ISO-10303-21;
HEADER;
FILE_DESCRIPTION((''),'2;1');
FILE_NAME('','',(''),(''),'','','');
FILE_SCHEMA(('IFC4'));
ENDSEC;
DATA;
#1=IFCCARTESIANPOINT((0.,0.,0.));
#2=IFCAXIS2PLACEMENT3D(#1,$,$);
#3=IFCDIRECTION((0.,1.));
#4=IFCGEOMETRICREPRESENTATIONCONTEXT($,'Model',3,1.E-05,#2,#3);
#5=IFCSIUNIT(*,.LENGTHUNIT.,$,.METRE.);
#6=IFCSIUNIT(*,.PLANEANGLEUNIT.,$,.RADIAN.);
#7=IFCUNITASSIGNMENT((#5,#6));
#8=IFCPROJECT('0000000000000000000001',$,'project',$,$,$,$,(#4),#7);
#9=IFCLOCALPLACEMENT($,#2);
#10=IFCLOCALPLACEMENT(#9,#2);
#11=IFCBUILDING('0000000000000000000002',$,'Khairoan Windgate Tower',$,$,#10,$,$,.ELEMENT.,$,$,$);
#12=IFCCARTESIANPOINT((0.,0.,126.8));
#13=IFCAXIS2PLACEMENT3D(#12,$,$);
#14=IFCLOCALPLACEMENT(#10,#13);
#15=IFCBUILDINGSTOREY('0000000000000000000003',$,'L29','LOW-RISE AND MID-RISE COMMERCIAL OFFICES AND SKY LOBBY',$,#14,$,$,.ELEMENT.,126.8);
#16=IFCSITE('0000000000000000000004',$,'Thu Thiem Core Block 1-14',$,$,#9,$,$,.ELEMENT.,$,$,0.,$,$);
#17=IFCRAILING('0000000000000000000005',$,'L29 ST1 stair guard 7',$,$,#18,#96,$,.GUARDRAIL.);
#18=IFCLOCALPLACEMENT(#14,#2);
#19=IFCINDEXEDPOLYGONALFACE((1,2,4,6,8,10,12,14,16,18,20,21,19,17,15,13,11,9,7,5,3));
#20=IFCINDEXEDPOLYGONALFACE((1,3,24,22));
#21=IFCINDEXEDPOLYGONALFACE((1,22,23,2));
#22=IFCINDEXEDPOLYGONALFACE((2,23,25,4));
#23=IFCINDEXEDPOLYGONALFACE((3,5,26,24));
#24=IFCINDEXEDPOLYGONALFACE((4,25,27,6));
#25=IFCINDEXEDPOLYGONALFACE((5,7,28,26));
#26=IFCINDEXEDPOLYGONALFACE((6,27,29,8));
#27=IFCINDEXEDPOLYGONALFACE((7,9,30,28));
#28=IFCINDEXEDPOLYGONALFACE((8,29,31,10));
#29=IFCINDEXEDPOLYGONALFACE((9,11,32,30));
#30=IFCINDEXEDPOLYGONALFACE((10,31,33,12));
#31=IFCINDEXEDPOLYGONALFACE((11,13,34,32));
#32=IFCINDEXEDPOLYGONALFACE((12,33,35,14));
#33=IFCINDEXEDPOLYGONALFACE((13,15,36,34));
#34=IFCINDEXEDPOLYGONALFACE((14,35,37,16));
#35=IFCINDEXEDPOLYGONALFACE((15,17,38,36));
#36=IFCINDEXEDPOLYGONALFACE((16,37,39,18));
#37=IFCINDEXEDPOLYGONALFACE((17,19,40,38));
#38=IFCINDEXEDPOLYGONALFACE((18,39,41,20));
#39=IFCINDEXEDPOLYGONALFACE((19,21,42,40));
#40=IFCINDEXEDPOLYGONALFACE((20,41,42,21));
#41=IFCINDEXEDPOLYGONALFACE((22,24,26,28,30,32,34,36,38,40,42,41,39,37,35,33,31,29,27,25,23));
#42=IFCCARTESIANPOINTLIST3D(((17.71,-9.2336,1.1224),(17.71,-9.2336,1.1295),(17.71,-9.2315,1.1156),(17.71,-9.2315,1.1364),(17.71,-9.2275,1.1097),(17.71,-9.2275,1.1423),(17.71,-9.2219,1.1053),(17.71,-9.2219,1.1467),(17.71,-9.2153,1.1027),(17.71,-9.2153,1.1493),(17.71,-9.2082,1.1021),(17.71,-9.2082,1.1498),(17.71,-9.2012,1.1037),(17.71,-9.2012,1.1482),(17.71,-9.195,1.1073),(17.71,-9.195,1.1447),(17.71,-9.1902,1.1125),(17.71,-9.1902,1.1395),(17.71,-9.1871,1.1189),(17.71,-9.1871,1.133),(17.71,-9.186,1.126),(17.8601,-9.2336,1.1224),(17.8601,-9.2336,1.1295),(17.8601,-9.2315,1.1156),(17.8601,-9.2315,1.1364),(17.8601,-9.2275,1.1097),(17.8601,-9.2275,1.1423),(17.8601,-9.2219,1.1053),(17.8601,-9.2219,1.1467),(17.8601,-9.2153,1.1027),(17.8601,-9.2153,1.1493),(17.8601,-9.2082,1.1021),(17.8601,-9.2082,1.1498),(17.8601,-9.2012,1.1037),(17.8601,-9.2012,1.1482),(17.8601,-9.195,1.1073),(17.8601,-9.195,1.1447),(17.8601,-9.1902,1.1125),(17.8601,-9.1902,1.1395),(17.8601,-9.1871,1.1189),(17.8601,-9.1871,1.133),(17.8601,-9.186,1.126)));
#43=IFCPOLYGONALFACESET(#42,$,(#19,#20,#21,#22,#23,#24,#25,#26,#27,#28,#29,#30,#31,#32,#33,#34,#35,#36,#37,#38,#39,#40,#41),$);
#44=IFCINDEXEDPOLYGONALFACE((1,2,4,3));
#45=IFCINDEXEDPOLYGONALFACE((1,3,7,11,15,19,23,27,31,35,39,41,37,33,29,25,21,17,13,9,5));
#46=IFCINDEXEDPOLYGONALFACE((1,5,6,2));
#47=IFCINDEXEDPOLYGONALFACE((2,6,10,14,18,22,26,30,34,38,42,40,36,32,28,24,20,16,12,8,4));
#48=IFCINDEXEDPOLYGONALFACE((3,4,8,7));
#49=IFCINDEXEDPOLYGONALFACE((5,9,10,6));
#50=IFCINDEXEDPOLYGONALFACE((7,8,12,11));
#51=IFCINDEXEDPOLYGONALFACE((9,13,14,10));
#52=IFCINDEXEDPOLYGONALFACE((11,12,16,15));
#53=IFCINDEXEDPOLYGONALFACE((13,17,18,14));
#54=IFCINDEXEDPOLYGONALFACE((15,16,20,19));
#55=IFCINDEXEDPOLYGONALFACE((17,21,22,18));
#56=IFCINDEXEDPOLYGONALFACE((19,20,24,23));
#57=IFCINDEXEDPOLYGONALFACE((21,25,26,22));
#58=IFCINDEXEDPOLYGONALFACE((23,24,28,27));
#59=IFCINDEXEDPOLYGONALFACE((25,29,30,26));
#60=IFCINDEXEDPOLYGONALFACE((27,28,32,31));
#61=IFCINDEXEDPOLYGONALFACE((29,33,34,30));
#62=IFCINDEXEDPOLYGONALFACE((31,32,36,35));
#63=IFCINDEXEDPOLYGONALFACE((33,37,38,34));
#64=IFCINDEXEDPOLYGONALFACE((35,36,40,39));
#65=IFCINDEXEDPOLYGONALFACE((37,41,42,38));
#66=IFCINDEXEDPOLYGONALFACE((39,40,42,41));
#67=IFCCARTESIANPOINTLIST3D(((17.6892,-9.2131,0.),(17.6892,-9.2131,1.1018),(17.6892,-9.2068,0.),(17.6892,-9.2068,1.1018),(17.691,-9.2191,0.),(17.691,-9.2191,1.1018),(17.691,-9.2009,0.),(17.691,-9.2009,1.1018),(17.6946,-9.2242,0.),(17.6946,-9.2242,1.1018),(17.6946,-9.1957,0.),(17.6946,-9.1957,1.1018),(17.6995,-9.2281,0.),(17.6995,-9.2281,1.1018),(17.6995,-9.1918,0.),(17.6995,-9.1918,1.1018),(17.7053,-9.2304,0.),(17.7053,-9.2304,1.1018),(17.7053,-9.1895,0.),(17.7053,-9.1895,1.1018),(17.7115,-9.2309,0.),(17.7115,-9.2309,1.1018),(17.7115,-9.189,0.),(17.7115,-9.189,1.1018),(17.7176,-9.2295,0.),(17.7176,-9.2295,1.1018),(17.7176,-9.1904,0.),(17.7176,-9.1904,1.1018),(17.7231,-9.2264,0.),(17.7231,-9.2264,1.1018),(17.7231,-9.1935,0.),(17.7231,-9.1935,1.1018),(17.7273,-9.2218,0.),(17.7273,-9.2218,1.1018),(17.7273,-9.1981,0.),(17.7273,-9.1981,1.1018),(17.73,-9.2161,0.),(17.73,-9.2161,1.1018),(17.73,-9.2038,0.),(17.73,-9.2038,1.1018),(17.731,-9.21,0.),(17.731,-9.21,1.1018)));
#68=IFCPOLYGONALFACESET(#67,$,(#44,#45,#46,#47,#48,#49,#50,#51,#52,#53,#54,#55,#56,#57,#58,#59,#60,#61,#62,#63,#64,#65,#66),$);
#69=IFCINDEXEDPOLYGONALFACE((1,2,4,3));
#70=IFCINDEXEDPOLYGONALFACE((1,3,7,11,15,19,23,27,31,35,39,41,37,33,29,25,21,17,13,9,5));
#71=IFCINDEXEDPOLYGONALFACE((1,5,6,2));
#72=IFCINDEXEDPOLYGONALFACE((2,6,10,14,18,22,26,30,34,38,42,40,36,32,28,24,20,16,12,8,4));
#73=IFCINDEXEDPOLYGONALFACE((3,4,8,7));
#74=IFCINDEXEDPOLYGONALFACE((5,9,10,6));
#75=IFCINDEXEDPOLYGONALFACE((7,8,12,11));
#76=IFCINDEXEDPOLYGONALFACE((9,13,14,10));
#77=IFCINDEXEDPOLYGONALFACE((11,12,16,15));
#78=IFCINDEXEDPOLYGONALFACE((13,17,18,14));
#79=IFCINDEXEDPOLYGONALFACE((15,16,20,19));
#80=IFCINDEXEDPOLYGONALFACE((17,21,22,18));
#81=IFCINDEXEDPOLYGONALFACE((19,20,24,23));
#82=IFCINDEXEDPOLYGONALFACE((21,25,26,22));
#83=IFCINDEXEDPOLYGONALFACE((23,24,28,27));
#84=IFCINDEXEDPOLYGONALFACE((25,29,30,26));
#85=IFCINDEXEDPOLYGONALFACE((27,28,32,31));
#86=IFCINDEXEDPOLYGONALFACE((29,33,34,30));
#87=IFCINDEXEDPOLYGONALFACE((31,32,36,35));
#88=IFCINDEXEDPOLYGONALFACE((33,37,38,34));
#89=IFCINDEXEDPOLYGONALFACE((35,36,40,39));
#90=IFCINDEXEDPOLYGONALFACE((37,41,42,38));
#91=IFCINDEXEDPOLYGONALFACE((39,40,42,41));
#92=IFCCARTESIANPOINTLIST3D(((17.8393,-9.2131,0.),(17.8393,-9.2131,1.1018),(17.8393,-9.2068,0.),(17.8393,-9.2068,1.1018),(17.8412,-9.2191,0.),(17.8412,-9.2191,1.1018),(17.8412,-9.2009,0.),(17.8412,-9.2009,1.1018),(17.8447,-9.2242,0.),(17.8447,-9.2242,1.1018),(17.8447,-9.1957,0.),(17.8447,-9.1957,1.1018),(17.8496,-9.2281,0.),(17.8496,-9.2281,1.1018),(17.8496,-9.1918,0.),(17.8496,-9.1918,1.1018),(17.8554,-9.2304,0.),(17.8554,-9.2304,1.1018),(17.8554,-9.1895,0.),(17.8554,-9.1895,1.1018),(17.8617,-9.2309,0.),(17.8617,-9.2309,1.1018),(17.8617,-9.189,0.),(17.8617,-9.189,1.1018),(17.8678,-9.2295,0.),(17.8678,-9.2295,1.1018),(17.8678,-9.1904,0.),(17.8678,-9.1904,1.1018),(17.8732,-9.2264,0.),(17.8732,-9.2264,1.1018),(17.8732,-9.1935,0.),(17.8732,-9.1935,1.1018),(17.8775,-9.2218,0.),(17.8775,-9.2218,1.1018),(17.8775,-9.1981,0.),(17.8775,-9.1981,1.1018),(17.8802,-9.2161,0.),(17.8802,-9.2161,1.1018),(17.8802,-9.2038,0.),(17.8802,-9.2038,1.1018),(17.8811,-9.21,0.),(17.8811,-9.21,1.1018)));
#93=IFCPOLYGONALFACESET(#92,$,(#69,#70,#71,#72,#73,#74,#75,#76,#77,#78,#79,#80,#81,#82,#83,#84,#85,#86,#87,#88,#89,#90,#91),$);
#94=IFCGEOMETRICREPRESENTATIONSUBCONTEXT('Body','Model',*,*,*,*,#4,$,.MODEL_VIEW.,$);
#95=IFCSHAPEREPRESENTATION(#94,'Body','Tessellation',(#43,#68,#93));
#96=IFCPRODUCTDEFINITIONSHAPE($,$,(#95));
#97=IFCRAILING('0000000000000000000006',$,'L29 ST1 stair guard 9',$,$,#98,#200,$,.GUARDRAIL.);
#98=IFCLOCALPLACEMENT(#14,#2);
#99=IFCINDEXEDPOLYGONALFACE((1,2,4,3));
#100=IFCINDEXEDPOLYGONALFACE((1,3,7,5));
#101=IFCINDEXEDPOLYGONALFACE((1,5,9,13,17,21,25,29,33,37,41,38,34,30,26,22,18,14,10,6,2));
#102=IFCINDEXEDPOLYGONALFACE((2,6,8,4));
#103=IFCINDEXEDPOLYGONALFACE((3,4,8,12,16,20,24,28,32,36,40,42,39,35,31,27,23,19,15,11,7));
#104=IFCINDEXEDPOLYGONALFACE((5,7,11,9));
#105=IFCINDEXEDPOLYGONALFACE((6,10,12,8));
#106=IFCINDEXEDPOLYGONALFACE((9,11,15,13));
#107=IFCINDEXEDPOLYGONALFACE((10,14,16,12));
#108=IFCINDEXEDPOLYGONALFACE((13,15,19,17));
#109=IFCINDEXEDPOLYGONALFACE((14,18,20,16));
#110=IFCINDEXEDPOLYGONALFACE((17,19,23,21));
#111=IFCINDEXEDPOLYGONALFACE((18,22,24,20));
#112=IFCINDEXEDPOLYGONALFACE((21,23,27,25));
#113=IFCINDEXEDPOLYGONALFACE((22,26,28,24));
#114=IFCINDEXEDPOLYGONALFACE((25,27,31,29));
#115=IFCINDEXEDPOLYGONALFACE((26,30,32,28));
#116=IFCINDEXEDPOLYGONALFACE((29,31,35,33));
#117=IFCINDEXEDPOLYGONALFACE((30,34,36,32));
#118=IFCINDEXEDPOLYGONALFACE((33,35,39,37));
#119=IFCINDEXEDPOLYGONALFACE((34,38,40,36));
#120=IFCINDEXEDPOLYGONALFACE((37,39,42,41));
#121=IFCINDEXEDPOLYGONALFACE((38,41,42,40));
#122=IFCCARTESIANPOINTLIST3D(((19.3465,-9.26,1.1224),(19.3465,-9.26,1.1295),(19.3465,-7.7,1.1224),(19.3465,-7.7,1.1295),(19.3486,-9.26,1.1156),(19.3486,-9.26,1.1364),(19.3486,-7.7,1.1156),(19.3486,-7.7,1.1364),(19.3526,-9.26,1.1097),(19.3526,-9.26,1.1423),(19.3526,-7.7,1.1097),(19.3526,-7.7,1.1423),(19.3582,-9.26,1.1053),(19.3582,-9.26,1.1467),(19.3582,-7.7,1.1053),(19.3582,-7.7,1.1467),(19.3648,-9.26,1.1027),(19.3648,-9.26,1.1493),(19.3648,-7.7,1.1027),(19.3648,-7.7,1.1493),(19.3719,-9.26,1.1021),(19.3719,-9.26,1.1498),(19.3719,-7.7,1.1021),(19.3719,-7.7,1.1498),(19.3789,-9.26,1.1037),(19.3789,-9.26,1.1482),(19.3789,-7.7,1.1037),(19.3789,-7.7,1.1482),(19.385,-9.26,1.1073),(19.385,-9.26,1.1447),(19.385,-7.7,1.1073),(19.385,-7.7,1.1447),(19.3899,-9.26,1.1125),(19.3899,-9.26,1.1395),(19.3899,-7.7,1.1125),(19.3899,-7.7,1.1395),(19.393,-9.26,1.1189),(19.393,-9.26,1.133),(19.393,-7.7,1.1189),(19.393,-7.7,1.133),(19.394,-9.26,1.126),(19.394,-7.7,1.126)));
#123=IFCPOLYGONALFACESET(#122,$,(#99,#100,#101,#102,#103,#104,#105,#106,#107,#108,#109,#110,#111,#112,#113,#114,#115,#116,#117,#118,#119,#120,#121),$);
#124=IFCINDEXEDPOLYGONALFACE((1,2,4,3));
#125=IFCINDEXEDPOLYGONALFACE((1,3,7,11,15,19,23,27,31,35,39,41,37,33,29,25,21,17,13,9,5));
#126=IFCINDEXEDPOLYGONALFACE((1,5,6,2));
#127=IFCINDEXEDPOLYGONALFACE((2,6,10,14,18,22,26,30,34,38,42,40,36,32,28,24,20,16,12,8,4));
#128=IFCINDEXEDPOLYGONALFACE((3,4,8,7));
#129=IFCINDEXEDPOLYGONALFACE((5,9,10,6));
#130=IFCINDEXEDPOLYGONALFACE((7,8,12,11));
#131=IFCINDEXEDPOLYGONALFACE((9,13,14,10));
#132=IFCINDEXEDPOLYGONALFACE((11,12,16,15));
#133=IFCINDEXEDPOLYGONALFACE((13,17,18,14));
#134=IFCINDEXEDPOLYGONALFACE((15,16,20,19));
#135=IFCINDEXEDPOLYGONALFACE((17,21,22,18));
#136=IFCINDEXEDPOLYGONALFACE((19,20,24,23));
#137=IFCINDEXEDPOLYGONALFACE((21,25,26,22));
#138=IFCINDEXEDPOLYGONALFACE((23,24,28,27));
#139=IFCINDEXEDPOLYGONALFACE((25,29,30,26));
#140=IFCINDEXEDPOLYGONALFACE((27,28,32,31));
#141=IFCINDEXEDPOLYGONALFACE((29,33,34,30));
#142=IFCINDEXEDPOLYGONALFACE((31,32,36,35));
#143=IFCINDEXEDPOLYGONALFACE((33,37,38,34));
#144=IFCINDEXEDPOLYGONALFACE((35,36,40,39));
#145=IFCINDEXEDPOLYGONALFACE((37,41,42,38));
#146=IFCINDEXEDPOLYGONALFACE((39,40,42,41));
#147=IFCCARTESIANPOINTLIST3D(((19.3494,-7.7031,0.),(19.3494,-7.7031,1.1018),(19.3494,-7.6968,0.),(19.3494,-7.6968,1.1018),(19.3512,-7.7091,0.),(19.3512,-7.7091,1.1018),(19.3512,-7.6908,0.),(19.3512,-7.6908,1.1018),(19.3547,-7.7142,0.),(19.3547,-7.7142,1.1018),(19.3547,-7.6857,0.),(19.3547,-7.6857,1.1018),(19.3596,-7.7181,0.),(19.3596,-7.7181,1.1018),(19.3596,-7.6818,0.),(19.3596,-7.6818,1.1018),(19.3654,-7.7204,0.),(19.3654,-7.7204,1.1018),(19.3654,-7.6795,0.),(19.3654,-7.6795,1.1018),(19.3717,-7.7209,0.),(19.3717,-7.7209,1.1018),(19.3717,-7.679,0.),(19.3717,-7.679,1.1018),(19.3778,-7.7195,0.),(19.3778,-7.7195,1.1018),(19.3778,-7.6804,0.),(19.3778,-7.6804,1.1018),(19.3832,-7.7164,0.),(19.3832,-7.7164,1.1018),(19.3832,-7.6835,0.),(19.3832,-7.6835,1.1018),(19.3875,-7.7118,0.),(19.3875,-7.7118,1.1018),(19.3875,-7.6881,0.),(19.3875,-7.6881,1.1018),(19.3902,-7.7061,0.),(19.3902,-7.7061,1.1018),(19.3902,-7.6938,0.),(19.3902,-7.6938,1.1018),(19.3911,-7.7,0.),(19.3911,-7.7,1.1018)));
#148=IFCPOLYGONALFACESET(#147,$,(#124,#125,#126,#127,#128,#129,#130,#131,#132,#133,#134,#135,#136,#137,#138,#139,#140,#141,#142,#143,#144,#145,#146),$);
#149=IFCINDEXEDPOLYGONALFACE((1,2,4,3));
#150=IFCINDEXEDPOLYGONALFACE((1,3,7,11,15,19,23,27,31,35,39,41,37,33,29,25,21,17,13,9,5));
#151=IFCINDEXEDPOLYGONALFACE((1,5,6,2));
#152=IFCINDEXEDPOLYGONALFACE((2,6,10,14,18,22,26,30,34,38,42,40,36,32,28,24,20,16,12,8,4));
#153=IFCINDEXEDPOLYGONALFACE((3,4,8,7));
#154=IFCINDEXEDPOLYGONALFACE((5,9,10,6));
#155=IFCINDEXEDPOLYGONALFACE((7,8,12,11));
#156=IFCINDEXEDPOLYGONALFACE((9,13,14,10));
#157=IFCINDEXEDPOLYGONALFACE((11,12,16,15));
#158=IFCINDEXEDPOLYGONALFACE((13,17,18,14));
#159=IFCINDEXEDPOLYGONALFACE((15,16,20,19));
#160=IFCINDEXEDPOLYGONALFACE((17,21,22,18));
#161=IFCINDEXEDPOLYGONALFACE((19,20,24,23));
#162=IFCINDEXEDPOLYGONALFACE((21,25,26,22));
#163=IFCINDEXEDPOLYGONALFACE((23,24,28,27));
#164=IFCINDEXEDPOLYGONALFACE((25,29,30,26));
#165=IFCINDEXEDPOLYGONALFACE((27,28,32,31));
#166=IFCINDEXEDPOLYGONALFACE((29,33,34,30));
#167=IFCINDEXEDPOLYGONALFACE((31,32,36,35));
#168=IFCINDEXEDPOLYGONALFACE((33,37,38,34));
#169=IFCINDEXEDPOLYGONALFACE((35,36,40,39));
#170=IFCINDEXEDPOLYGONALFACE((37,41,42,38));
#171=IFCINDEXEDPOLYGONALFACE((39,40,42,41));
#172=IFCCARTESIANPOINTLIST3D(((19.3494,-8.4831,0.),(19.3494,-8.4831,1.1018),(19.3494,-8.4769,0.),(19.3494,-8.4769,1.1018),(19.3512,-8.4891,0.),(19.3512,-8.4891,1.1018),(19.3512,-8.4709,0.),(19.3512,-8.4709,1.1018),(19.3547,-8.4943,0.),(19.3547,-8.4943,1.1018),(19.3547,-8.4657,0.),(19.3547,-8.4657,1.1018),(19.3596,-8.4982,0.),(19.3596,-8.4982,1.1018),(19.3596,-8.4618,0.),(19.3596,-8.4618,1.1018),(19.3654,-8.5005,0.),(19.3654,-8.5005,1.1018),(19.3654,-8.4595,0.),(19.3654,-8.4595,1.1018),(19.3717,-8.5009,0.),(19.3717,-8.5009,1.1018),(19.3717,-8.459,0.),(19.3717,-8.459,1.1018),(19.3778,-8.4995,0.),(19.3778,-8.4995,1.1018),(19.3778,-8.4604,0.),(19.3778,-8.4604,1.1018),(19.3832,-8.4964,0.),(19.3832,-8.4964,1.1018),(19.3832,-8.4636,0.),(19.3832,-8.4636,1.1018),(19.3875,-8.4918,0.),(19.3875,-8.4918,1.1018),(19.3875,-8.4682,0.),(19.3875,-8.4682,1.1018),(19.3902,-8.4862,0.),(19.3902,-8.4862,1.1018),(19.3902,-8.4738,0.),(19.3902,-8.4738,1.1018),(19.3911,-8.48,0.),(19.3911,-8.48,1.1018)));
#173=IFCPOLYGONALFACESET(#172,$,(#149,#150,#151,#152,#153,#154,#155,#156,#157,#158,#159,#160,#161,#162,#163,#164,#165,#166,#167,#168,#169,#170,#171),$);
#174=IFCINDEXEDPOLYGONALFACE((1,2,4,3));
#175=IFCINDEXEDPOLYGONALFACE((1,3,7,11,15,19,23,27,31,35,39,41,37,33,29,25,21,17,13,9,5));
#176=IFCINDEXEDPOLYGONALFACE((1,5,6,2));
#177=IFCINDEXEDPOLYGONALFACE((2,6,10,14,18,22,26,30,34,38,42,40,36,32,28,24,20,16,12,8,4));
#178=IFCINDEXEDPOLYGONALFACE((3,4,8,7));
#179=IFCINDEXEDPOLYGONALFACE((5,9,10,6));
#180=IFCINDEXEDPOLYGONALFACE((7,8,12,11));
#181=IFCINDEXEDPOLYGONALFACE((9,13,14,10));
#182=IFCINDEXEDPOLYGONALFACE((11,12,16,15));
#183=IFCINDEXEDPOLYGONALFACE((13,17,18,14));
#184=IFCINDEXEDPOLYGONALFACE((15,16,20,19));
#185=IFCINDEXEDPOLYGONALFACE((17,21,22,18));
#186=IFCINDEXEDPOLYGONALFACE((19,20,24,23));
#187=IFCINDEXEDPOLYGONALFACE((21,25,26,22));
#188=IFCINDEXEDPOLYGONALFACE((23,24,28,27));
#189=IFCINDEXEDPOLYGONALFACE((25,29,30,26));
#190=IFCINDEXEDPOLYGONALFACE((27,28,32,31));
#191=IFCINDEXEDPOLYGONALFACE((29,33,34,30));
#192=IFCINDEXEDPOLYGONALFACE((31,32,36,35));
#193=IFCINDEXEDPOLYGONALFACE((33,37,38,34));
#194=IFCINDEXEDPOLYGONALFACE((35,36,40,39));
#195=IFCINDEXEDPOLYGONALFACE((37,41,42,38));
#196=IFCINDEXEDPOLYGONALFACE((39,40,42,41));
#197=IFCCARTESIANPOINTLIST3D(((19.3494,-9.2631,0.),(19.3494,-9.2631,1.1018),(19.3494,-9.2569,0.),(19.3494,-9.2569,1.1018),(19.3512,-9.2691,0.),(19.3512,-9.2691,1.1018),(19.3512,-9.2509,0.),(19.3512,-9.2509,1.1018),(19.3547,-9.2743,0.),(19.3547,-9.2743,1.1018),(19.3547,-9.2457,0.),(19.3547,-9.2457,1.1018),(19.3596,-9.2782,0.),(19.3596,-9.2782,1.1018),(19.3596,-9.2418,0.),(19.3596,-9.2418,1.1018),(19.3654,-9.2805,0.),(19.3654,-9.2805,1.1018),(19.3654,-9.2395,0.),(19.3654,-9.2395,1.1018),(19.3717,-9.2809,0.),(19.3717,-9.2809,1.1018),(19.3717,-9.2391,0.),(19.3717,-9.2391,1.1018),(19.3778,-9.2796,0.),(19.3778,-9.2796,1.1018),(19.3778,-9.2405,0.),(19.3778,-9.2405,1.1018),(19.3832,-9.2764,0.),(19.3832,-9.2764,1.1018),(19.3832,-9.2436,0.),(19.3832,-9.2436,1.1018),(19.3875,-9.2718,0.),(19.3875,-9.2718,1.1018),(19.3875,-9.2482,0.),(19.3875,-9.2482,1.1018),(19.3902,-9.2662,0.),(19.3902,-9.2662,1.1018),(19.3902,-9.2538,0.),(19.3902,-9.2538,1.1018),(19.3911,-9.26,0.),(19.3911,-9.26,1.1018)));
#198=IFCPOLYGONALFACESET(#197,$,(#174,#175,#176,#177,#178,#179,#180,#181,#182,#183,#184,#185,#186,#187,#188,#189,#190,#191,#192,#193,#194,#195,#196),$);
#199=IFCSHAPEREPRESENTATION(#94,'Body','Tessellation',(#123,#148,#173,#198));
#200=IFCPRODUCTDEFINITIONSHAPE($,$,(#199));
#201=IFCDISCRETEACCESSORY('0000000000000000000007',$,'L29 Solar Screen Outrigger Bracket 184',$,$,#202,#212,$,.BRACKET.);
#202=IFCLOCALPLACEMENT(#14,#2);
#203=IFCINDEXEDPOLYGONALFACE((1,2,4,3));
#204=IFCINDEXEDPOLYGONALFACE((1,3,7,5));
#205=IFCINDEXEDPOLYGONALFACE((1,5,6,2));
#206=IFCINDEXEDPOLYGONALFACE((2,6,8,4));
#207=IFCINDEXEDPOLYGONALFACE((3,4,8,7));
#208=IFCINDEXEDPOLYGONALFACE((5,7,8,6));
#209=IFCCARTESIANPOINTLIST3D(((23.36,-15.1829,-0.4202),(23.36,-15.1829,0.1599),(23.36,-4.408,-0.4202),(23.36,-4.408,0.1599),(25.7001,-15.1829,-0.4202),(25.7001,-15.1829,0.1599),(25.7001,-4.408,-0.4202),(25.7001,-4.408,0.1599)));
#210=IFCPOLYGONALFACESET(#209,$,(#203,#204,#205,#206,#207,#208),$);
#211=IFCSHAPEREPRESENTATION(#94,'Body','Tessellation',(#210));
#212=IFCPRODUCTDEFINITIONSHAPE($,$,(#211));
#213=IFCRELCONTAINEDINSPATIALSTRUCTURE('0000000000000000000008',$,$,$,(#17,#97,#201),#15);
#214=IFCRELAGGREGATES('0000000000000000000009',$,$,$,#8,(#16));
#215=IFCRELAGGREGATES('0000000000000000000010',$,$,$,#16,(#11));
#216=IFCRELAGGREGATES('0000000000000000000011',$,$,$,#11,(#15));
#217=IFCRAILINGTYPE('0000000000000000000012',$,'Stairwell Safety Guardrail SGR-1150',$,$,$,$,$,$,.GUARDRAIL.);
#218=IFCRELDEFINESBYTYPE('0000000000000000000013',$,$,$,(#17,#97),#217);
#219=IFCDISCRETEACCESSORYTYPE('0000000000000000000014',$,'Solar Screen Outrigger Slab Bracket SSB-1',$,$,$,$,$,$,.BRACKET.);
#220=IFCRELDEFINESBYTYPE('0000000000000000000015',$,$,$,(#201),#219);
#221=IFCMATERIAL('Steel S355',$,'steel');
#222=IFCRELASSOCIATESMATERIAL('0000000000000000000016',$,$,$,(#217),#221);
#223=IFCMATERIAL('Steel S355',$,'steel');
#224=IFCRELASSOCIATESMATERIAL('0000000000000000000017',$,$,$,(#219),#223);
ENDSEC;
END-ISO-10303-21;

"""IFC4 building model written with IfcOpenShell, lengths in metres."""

from ifc_helpers import new_model, si_unit, direction, frame, origin, origin_2d, place, context, subcontext, project, spatial, rectangle, circle, extrude, material, type_object, element, save


model = new_model("IFC4")

# Units and contexts
model_context = context("Model", 3, precision=1e-05, world=origin(), true_north=direction((0.0, 1.0)))
body_context = subcontext(model_context, "Body", "Model", "MODEL_VIEW")
ifc_project = project(units=[si_unit("LENGTHUNIT", "METRE"), si_unit("PLANEANGLEUNIT", "RADIAN")], contexts=[model_context])

# Site, building, storey
site_placement = place(None, origin())
site = spatial("IfcSite", under=ifc_project, at=site_placement, Name="Thu Thiem Core Block 1-14", CompositionType="ELEMENT", RefElevation=0.0)
building_placement = place(site_placement, origin())
building = spatial("IfcBuilding", under=site, at=building_placement, Name="Khairoan Windgate Tower", CompositionType="ELEMENT")
storey_placement = place(building_placement, frame((0.0, 0.0, 126.8)))
storey = spatial("IfcBuildingStorey", under=building, at=storey_placement, Name="L29", Description="LOW-RISE AND MID-RISE COMMERCIAL OFFICES AND SKY LOBBY", CompositionType="ELEMENT", Elevation=126.8)

# Railings
ifc_material_1 = material(Name="Steel S355", Category="steel")
railing_type_1 = type_object("IfcRailingType", Name="Stairwell Safety Guardrail SGR-1150", PredefinedType="GUARDRAIL", material=ifc_material_1)
railing_1_placement = place(storey_placement, frame((17.71, -9.21, 0.0)))
element("IfcRailing", 1, at=railing_1_placement, inside=storey, type_object=railing_type_1, Name="L29 ST1 stair guard 7", PredefinedType="GUARDRAIL", context=body_context, shape_type="SweptSolid", body=[
    extrude(circle(Radius=0.0239, at=origin_2d()), frame((0.0, 0.0, 1.126), z_axis=(1.0, 0.0, 0.0), x_axis=(0.0, 1.0, 0.0)), (0.0, 0.0, 1.0), 0.1501),
    extrude(circle(Radius=0.021, at=origin_2d()), origin(), (0.0, 0.0, 1.0), 1.1018),
    extrude(circle(Radius=0.021, at=origin_2d()), frame((0.1501, 0.0, 0.0)), (0.0, 0.0, 1.0), 1.1018),
])
railing_2_placement = place(storey_placement, frame((19.3701, -7.7, 0.0)))
element("IfcRailing", 2, at=railing_2_placement, inside=storey, type_object=railing_type_1, Name="L29 ST1 stair guard 9", PredefinedType="GUARDRAIL", context=body_context, shape_type="SweptSolid", body=[
    extrude(circle(Radius=0.0239, at=origin_2d()), frame((0.0, 0.0, 1.126), z_axis=(0.0, -1.0, 0.0), x_axis=(1.0, 0.0, 0.0)), (0.0, 0.0, 1.0), 1.5601),
    extrude(circle(Radius=0.021, at=origin_2d()), origin(), (0.0, 0.0, 1.0), 1.1018),
    extrude(circle(Radius=0.021, at=origin_2d()), frame((0.0, -0.78, 0.0)), (0.0, 0.0, 1.0), 1.1018),
    extrude(circle(Radius=0.021, at=origin_2d()), frame((0.0, -1.5601, 0.0)), (0.0, 0.0, 1.0), 1.1018),
])

# Discrete accessory
ifc_material_2 = material(Name="Steel S355", Category="steel")
discrete_accessory_type = type_object("IfcDiscreteAccessoryType", Name="Solar Screen Outrigger Slab Bracket SSB-1", PredefinedType="BRACKET", material=ifc_material_2)
discrete_accessory_placement = place(storey_placement, frame((24.53, -9.7954, -0.4202), z_axis=(0.0, 0.0, 1.0), x_axis=(0.0, -1.0, 0.0)))
element("IfcDiscreteAccessory", 3, at=discrete_accessory_placement, inside=storey, type_object=discrete_accessory_type, Name="L29 Solar Screen Outrigger Bracket 184", PredefinedType="BRACKET", context=body_context, shape_type="SweptSolid", body=[
    extrude(rectangle(XDim=10.7749, YDim=2.3401, at=origin_2d()), origin(), (0.0, 0.0, 1.0), 0.5801),
])

save(model, "model.ifc")
